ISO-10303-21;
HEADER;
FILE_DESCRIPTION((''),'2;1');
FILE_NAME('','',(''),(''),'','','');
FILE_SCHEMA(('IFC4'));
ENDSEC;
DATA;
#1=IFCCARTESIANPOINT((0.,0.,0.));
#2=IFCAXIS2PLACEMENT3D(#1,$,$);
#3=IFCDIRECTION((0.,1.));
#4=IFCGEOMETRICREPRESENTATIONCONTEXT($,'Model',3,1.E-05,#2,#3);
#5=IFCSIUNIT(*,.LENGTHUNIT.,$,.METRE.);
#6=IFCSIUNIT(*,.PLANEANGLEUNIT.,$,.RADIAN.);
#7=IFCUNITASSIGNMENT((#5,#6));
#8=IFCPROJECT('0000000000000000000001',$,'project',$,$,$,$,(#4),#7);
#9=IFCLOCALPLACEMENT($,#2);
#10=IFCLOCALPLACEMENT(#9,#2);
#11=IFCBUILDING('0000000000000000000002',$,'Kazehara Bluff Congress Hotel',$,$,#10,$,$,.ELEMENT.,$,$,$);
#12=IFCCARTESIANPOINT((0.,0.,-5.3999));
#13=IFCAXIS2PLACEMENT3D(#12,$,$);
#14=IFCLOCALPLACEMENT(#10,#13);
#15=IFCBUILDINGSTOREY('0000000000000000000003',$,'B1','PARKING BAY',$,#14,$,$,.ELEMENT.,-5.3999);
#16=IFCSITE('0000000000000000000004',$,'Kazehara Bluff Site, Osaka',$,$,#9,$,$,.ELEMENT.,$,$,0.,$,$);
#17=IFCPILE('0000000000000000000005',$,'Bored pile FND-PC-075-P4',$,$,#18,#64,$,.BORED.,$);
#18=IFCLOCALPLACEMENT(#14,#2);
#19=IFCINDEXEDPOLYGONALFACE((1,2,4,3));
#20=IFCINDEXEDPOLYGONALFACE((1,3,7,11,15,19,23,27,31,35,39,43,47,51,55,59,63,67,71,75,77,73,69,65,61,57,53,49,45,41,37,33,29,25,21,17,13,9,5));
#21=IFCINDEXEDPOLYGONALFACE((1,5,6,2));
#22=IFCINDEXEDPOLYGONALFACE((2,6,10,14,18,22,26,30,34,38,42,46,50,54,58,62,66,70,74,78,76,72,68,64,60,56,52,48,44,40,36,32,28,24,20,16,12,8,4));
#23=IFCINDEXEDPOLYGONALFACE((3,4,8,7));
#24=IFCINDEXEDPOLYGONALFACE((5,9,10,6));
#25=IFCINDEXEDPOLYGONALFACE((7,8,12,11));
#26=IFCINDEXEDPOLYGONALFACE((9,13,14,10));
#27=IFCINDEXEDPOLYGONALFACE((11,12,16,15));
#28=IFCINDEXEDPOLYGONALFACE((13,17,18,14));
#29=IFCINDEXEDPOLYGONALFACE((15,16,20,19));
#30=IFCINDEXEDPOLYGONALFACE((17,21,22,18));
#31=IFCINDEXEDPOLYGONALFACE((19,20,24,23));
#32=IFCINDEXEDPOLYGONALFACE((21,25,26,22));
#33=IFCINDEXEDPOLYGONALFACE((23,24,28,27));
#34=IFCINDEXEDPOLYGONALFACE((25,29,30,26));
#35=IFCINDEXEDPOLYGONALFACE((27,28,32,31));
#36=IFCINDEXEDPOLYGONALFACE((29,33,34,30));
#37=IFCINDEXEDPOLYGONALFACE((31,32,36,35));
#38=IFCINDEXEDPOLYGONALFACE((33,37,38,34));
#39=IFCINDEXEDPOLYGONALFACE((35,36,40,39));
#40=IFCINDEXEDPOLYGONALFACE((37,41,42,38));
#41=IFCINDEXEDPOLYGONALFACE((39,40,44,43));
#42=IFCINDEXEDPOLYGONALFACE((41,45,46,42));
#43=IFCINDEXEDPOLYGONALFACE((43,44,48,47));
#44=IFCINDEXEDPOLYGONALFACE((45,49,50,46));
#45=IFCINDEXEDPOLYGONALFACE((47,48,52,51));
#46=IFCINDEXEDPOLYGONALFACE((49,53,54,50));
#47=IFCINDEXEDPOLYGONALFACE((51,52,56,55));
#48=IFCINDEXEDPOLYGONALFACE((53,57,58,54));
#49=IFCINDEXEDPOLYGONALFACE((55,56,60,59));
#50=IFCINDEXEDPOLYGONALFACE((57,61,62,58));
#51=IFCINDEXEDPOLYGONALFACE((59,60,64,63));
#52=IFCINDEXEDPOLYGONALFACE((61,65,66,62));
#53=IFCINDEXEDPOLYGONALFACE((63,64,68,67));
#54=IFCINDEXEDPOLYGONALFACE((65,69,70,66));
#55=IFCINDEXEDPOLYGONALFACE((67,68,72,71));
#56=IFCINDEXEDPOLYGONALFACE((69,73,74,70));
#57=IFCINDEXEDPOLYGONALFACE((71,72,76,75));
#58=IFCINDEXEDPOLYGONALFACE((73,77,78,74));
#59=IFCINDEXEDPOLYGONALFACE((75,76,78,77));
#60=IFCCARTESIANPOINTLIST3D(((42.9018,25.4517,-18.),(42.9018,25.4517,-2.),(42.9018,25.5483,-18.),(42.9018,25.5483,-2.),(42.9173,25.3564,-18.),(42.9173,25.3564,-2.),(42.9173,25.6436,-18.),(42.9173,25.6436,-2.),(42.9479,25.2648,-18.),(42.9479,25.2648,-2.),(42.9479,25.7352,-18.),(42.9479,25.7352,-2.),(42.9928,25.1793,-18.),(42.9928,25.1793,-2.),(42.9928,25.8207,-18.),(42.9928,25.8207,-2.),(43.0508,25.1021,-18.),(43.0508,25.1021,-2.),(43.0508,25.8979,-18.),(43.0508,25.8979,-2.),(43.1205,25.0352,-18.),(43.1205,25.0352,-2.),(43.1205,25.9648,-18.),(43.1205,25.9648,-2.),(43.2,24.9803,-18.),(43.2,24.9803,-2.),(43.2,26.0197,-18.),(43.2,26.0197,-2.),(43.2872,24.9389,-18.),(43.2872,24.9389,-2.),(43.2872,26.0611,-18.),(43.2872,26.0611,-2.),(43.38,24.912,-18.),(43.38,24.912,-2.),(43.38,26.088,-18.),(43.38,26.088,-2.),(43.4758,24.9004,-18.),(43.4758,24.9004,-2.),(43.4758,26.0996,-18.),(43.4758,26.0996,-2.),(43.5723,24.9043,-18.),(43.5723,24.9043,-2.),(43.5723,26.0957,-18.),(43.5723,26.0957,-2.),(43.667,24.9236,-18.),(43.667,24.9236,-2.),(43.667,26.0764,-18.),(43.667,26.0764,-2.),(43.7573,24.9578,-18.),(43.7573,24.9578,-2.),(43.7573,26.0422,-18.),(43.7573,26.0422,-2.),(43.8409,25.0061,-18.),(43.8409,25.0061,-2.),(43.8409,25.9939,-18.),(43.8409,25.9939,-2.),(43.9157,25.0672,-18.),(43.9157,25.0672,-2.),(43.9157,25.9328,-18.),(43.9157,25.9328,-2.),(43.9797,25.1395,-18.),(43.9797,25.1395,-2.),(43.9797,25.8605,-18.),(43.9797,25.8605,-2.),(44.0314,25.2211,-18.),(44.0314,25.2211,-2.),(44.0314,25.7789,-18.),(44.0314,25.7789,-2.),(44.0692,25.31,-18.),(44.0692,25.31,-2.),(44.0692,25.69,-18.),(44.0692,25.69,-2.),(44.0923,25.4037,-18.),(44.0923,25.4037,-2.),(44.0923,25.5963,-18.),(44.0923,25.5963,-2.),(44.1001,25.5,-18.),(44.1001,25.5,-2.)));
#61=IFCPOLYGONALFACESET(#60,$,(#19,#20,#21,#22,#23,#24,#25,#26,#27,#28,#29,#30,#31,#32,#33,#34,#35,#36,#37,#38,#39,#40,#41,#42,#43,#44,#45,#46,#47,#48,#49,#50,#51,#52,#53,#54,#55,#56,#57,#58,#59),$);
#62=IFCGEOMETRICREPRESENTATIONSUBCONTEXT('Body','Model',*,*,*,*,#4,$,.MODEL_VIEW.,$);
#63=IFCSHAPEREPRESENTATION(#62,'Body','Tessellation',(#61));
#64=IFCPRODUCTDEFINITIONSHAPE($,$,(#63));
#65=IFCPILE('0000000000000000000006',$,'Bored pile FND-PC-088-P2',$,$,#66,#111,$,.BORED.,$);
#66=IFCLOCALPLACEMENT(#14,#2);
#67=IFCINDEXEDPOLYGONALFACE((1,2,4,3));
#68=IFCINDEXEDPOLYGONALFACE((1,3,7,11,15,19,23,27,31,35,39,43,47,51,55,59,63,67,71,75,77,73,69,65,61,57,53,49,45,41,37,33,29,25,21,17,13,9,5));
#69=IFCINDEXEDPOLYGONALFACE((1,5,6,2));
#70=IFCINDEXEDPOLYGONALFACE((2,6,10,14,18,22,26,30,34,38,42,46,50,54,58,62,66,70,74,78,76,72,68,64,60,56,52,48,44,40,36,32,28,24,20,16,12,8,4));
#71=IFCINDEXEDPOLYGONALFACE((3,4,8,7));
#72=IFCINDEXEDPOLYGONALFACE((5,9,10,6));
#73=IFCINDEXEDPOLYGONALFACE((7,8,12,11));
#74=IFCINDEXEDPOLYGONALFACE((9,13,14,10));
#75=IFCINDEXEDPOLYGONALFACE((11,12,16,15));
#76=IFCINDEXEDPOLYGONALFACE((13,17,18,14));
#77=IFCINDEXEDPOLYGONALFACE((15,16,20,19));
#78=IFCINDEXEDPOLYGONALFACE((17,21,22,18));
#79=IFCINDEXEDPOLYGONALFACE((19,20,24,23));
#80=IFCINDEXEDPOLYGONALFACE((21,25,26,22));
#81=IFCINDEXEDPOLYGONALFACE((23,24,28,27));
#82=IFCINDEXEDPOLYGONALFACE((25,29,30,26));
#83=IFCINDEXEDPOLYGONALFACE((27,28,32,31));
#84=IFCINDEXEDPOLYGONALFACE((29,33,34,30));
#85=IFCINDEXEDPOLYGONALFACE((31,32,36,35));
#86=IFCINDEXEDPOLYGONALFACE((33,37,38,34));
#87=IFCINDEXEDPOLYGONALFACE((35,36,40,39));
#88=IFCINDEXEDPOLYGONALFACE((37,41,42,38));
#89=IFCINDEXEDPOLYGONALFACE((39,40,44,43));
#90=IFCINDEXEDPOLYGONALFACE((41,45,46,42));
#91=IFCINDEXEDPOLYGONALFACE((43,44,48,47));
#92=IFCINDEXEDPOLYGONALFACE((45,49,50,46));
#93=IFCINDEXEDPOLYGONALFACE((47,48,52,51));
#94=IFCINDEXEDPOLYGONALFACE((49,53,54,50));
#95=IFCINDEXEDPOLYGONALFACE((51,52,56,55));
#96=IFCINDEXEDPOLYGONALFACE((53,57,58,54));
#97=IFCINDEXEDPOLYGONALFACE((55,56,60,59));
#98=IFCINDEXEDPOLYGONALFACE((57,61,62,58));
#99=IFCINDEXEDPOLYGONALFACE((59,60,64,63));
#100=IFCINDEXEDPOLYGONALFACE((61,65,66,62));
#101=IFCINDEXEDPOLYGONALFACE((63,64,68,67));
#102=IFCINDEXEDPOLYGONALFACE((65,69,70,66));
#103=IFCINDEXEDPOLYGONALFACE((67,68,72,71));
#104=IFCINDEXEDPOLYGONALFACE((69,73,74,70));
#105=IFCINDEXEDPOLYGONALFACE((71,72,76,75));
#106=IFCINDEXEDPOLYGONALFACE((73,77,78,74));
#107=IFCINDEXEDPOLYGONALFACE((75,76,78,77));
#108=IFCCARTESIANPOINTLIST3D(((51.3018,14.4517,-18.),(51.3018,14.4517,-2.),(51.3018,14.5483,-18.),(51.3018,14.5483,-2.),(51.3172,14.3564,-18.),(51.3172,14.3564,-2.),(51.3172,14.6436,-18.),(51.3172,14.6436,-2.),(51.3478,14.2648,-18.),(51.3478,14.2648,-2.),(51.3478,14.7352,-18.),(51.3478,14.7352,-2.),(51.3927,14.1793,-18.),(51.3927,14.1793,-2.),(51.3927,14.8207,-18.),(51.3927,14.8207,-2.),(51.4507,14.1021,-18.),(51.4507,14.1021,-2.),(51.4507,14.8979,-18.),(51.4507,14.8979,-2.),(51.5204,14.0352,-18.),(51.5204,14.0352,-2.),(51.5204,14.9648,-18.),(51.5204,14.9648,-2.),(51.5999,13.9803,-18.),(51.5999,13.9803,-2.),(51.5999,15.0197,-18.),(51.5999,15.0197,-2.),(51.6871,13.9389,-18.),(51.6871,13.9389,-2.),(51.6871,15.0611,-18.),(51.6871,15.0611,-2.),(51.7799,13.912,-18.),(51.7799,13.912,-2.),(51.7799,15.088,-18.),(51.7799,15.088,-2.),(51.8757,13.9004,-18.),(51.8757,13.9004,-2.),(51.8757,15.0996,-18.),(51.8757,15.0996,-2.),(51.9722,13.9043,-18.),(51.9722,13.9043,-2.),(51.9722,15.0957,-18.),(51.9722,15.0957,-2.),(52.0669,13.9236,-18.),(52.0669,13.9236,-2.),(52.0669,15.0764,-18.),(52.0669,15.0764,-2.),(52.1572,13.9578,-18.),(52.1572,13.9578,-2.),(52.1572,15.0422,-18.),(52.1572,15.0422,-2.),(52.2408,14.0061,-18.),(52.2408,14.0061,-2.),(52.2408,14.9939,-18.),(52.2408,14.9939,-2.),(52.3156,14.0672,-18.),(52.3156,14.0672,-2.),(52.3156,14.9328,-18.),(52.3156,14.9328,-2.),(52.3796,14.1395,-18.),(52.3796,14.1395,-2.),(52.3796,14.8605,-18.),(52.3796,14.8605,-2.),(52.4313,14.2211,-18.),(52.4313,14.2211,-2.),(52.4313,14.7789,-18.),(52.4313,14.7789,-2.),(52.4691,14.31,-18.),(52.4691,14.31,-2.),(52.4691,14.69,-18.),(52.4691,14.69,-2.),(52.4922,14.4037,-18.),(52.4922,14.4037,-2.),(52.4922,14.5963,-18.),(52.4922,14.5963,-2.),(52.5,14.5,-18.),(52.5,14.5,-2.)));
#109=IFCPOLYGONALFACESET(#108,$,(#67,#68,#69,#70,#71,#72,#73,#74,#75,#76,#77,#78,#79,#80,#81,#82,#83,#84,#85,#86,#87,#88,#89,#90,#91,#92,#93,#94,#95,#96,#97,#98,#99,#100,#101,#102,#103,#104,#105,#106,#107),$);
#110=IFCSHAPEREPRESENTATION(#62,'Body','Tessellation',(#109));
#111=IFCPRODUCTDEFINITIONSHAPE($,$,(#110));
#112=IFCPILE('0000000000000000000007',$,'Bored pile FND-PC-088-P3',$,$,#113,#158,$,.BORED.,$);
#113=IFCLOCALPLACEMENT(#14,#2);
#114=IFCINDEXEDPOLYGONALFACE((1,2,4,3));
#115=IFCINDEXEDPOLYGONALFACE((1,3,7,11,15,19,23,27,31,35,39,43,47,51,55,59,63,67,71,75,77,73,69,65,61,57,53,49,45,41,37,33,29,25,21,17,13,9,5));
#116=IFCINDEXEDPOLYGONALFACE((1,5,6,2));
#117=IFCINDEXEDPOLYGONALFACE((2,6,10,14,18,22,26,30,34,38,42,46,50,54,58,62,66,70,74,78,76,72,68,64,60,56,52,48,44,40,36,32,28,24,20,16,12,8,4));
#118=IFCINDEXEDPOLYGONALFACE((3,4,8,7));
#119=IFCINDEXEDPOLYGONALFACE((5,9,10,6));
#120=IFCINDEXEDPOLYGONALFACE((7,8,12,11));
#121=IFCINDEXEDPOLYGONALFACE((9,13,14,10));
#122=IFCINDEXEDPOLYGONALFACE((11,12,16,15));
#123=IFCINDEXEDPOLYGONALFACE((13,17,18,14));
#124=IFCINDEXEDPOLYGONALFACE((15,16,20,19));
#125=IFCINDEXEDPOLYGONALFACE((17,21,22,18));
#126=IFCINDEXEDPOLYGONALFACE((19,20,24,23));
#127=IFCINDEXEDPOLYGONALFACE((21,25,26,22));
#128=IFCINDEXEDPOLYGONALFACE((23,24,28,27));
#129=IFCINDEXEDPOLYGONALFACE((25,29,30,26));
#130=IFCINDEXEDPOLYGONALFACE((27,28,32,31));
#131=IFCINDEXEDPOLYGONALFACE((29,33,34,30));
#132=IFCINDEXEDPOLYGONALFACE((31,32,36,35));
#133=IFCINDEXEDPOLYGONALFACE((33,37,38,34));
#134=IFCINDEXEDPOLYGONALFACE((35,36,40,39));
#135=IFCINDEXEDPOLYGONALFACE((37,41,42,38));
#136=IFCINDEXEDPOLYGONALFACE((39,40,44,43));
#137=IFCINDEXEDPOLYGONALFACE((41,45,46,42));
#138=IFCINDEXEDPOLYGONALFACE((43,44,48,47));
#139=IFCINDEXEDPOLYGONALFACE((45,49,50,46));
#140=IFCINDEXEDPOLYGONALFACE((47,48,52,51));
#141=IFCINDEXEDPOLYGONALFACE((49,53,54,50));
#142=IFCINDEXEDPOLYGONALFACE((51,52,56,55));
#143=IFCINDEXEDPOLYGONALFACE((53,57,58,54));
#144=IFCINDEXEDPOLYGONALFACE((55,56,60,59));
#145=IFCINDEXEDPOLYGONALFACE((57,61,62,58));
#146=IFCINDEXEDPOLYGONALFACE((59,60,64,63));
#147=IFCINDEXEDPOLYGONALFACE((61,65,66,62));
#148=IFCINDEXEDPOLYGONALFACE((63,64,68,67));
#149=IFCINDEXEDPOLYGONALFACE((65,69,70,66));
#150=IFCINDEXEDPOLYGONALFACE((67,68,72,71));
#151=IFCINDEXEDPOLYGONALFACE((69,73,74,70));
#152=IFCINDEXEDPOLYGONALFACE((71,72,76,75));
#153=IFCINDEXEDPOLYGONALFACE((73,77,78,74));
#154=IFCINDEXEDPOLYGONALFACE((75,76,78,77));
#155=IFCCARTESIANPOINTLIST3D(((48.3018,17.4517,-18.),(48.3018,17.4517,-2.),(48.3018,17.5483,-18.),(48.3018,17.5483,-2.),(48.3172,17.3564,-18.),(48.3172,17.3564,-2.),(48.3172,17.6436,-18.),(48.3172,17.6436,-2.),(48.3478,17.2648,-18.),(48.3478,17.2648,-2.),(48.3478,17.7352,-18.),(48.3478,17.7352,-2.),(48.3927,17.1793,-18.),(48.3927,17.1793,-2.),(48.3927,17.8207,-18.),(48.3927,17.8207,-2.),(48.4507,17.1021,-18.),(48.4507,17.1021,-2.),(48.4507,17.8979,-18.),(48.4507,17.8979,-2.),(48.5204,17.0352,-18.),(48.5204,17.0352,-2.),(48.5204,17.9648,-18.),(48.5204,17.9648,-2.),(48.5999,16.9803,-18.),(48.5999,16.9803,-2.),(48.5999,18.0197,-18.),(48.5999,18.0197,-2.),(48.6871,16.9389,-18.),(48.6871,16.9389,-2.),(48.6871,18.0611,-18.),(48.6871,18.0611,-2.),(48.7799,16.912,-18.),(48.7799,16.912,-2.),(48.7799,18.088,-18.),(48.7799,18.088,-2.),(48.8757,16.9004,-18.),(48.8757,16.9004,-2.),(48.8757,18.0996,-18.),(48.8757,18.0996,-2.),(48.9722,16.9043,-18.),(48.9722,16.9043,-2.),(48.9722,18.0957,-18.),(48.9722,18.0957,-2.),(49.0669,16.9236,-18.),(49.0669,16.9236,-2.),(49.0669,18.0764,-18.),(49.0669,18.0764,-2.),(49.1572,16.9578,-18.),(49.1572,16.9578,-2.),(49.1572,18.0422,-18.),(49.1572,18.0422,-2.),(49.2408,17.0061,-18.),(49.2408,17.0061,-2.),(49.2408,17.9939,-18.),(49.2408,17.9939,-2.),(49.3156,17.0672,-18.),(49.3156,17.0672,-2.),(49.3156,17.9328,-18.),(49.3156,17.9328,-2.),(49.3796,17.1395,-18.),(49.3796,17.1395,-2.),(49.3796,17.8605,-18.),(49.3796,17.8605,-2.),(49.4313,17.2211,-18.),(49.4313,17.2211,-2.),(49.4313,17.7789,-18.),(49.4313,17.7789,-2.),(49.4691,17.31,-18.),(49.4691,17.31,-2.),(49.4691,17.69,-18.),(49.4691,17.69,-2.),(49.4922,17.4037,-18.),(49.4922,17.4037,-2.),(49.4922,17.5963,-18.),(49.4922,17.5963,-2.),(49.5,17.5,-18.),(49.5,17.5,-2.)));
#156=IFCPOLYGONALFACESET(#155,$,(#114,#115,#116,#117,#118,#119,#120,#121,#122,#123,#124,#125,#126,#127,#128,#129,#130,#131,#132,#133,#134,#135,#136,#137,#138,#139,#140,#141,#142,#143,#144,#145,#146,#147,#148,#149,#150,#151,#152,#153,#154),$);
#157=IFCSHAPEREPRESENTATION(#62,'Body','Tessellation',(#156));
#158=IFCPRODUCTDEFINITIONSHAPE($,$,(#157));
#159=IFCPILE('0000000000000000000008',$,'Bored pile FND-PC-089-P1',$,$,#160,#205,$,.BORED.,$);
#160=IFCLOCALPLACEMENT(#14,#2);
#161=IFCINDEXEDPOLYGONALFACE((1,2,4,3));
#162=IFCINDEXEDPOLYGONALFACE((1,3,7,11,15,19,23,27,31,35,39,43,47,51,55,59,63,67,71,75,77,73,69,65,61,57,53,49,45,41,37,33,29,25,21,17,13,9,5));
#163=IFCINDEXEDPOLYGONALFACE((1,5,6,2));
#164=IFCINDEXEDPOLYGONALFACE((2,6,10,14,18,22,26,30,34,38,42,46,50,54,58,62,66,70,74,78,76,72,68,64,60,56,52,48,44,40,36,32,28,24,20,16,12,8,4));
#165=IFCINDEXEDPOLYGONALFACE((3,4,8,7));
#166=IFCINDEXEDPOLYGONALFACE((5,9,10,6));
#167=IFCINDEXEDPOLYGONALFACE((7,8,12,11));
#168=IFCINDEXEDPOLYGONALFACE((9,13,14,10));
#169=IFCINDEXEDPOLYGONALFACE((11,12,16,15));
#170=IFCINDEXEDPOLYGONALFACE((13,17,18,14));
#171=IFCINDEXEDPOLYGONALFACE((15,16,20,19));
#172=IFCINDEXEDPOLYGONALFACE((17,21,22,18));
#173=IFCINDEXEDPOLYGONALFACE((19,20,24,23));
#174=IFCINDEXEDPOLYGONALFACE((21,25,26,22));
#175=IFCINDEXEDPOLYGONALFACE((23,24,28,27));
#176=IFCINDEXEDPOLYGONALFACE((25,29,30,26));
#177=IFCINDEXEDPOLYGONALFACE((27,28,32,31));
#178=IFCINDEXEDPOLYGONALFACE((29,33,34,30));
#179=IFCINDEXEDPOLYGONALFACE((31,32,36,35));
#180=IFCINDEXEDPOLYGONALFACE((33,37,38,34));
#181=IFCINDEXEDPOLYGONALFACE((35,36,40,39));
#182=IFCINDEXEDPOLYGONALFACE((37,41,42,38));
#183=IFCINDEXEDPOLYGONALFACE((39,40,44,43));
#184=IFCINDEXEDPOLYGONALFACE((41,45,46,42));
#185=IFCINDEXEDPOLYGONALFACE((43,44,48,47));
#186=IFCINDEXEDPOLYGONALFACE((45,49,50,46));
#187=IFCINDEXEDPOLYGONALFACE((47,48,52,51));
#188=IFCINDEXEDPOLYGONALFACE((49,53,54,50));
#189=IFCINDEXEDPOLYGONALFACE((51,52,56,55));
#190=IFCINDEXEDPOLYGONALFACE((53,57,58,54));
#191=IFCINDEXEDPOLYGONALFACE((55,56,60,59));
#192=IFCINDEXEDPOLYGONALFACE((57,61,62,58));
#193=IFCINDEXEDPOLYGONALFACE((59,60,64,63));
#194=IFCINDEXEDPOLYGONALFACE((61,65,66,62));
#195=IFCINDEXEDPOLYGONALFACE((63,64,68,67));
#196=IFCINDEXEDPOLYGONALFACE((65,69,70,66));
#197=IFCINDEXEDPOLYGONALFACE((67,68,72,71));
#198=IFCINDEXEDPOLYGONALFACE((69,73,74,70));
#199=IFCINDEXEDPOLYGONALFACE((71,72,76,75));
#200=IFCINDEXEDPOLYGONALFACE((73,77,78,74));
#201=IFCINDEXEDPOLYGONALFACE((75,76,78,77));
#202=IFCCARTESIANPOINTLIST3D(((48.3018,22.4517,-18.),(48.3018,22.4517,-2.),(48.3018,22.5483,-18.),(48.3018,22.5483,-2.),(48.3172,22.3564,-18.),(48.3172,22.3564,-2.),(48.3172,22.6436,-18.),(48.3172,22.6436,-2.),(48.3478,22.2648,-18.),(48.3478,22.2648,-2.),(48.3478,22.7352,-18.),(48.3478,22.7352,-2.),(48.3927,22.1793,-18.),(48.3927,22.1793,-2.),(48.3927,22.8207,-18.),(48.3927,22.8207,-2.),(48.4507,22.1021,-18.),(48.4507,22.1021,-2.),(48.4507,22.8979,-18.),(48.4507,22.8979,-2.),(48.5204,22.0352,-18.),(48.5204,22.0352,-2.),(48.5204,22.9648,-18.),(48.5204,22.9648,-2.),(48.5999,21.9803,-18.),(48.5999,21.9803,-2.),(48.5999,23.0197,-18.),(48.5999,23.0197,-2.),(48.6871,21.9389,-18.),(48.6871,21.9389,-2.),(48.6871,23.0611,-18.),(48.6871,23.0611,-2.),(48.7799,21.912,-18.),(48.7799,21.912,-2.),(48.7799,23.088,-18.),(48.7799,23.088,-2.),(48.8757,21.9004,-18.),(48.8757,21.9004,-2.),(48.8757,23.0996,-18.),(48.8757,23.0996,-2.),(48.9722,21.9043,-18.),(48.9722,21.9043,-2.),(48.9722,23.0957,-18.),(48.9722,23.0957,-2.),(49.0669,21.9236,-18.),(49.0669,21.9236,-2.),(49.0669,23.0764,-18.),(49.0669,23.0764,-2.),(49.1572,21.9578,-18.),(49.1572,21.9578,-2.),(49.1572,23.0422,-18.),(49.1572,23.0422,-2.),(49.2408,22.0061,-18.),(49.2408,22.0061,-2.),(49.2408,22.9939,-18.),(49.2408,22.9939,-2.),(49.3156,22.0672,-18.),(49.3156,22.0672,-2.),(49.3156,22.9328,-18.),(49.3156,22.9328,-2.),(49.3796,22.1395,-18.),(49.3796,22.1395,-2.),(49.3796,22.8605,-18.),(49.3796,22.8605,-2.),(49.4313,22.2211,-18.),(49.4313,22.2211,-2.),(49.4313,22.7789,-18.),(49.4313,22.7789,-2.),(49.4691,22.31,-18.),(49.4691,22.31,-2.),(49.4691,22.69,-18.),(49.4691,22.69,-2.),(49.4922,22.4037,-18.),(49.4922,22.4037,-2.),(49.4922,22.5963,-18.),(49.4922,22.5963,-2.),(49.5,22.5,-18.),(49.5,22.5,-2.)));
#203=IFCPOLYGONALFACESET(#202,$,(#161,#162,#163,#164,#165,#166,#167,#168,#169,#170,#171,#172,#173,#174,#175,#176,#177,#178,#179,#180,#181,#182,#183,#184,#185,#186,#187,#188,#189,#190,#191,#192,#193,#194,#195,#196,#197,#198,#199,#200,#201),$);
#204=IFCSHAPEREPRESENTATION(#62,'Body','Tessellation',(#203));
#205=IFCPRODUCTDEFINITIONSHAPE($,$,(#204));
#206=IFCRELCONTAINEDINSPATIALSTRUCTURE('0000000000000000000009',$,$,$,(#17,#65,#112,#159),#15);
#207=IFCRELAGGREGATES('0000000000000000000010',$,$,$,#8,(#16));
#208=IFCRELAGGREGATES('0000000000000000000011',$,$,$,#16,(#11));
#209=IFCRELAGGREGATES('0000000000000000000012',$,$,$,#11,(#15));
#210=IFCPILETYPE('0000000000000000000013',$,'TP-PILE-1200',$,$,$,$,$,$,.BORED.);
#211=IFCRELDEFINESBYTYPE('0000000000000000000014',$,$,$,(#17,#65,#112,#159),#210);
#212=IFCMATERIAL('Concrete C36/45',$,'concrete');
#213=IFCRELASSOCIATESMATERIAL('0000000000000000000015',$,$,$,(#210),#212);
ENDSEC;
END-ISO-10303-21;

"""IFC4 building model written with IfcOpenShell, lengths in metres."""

from ifc_helpers import new_model, si_unit, direction, frame, origin, origin_2d, place, context, subcontext, project, spatial, circle, extrude, material, material_profile, profile_set, type_object, element, save


model = new_model("IFC4")

# Units and contexts
model_context = context("Model", 3, precision=1e-05, world=origin(), true_north=direction((0.0, 1.0)))
body_context = subcontext(model_context, "Body", "Model", "MODEL_VIEW")
ifc_project = project(units=[si_unit("LENGTHUNIT", "METRE"), si_unit("PLANEANGLEUNIT", "RADIAN")], contexts=[model_context])

# Site, building, storey
site_placement = place(None, origin())
site = spatial("IfcSite", under=ifc_project, at=site_placement, Name="Kazehara Bluff Site, Osaka", CompositionType="ELEMENT", RefElevation=0.0)
building_placement = place(site_placement, origin())
building = spatial("IfcBuilding", under=site, at=building_placement, Name="Kazehara Bluff Congress Hotel", CompositionType="ELEMENT")
storey_placement = place(building_placement, frame((0.0, 0.0, -5.3999)))
storey = spatial("IfcBuildingStorey", under=building, at=storey_placement, Name="B1", Description="PARKING BAY", CompositionType="ELEMENT", Elevation=-5.3999)

# Piles
ifc_material_1 = material(Name="Concrete C36/45", Category="concrete")
ifc_material_profile_1 = material_profile(ifc_material_1, circle(Radius=0.6001, at=origin_2d()))
ifc_profile_set_1 = profile_set([ifc_material_profile_1], Name="Concrete C36/45")
pile_type = type_object("IfcPileType", Name="TP-PILE-1200", PredefinedType="BORED", material=ifc_profile_set_1)
for number, where, z_axis, x_axis, name in (
    (1, (43.5, 25.5, -2.0), (0.0, 0.0, -1.0), (1.0, 0.0, 0.0), "Bored pile FND-PC-075-P4"),
    (2, (51.8999, 14.5, -2.0), (0.0, 0.0, -1.0), (1.0, 0.0, 0.0), "Bored pile FND-PC-088-P2"),
    (3, (48.8999, 17.5, -2.0), (0.0, 0.0, -1.0), (1.0, 0.0, 0.0), "Bored pile FND-PC-088-P3"),
    (4, (48.8999, 22.5, -2.0), (0.0, 0.0, -1.0), (1.0, 0.0, 0.0), "Bored pile FND-PC-089-P1"),
):
    element("IfcPile", number, at=place(storey_placement, frame(where, z_axis=z_axis, x_axis=x_axis)), inside=storey, type_object=pile_type, Name=name, PredefinedType="BORED", context=body_context, shape_type="SweptSolid", body=[
        extrude(circle(Radius=0.6001, at=origin_2d()), origin(), (0.0, 0.0, 1.0), 16.0),
    ])

save(model, "model.ifc")
